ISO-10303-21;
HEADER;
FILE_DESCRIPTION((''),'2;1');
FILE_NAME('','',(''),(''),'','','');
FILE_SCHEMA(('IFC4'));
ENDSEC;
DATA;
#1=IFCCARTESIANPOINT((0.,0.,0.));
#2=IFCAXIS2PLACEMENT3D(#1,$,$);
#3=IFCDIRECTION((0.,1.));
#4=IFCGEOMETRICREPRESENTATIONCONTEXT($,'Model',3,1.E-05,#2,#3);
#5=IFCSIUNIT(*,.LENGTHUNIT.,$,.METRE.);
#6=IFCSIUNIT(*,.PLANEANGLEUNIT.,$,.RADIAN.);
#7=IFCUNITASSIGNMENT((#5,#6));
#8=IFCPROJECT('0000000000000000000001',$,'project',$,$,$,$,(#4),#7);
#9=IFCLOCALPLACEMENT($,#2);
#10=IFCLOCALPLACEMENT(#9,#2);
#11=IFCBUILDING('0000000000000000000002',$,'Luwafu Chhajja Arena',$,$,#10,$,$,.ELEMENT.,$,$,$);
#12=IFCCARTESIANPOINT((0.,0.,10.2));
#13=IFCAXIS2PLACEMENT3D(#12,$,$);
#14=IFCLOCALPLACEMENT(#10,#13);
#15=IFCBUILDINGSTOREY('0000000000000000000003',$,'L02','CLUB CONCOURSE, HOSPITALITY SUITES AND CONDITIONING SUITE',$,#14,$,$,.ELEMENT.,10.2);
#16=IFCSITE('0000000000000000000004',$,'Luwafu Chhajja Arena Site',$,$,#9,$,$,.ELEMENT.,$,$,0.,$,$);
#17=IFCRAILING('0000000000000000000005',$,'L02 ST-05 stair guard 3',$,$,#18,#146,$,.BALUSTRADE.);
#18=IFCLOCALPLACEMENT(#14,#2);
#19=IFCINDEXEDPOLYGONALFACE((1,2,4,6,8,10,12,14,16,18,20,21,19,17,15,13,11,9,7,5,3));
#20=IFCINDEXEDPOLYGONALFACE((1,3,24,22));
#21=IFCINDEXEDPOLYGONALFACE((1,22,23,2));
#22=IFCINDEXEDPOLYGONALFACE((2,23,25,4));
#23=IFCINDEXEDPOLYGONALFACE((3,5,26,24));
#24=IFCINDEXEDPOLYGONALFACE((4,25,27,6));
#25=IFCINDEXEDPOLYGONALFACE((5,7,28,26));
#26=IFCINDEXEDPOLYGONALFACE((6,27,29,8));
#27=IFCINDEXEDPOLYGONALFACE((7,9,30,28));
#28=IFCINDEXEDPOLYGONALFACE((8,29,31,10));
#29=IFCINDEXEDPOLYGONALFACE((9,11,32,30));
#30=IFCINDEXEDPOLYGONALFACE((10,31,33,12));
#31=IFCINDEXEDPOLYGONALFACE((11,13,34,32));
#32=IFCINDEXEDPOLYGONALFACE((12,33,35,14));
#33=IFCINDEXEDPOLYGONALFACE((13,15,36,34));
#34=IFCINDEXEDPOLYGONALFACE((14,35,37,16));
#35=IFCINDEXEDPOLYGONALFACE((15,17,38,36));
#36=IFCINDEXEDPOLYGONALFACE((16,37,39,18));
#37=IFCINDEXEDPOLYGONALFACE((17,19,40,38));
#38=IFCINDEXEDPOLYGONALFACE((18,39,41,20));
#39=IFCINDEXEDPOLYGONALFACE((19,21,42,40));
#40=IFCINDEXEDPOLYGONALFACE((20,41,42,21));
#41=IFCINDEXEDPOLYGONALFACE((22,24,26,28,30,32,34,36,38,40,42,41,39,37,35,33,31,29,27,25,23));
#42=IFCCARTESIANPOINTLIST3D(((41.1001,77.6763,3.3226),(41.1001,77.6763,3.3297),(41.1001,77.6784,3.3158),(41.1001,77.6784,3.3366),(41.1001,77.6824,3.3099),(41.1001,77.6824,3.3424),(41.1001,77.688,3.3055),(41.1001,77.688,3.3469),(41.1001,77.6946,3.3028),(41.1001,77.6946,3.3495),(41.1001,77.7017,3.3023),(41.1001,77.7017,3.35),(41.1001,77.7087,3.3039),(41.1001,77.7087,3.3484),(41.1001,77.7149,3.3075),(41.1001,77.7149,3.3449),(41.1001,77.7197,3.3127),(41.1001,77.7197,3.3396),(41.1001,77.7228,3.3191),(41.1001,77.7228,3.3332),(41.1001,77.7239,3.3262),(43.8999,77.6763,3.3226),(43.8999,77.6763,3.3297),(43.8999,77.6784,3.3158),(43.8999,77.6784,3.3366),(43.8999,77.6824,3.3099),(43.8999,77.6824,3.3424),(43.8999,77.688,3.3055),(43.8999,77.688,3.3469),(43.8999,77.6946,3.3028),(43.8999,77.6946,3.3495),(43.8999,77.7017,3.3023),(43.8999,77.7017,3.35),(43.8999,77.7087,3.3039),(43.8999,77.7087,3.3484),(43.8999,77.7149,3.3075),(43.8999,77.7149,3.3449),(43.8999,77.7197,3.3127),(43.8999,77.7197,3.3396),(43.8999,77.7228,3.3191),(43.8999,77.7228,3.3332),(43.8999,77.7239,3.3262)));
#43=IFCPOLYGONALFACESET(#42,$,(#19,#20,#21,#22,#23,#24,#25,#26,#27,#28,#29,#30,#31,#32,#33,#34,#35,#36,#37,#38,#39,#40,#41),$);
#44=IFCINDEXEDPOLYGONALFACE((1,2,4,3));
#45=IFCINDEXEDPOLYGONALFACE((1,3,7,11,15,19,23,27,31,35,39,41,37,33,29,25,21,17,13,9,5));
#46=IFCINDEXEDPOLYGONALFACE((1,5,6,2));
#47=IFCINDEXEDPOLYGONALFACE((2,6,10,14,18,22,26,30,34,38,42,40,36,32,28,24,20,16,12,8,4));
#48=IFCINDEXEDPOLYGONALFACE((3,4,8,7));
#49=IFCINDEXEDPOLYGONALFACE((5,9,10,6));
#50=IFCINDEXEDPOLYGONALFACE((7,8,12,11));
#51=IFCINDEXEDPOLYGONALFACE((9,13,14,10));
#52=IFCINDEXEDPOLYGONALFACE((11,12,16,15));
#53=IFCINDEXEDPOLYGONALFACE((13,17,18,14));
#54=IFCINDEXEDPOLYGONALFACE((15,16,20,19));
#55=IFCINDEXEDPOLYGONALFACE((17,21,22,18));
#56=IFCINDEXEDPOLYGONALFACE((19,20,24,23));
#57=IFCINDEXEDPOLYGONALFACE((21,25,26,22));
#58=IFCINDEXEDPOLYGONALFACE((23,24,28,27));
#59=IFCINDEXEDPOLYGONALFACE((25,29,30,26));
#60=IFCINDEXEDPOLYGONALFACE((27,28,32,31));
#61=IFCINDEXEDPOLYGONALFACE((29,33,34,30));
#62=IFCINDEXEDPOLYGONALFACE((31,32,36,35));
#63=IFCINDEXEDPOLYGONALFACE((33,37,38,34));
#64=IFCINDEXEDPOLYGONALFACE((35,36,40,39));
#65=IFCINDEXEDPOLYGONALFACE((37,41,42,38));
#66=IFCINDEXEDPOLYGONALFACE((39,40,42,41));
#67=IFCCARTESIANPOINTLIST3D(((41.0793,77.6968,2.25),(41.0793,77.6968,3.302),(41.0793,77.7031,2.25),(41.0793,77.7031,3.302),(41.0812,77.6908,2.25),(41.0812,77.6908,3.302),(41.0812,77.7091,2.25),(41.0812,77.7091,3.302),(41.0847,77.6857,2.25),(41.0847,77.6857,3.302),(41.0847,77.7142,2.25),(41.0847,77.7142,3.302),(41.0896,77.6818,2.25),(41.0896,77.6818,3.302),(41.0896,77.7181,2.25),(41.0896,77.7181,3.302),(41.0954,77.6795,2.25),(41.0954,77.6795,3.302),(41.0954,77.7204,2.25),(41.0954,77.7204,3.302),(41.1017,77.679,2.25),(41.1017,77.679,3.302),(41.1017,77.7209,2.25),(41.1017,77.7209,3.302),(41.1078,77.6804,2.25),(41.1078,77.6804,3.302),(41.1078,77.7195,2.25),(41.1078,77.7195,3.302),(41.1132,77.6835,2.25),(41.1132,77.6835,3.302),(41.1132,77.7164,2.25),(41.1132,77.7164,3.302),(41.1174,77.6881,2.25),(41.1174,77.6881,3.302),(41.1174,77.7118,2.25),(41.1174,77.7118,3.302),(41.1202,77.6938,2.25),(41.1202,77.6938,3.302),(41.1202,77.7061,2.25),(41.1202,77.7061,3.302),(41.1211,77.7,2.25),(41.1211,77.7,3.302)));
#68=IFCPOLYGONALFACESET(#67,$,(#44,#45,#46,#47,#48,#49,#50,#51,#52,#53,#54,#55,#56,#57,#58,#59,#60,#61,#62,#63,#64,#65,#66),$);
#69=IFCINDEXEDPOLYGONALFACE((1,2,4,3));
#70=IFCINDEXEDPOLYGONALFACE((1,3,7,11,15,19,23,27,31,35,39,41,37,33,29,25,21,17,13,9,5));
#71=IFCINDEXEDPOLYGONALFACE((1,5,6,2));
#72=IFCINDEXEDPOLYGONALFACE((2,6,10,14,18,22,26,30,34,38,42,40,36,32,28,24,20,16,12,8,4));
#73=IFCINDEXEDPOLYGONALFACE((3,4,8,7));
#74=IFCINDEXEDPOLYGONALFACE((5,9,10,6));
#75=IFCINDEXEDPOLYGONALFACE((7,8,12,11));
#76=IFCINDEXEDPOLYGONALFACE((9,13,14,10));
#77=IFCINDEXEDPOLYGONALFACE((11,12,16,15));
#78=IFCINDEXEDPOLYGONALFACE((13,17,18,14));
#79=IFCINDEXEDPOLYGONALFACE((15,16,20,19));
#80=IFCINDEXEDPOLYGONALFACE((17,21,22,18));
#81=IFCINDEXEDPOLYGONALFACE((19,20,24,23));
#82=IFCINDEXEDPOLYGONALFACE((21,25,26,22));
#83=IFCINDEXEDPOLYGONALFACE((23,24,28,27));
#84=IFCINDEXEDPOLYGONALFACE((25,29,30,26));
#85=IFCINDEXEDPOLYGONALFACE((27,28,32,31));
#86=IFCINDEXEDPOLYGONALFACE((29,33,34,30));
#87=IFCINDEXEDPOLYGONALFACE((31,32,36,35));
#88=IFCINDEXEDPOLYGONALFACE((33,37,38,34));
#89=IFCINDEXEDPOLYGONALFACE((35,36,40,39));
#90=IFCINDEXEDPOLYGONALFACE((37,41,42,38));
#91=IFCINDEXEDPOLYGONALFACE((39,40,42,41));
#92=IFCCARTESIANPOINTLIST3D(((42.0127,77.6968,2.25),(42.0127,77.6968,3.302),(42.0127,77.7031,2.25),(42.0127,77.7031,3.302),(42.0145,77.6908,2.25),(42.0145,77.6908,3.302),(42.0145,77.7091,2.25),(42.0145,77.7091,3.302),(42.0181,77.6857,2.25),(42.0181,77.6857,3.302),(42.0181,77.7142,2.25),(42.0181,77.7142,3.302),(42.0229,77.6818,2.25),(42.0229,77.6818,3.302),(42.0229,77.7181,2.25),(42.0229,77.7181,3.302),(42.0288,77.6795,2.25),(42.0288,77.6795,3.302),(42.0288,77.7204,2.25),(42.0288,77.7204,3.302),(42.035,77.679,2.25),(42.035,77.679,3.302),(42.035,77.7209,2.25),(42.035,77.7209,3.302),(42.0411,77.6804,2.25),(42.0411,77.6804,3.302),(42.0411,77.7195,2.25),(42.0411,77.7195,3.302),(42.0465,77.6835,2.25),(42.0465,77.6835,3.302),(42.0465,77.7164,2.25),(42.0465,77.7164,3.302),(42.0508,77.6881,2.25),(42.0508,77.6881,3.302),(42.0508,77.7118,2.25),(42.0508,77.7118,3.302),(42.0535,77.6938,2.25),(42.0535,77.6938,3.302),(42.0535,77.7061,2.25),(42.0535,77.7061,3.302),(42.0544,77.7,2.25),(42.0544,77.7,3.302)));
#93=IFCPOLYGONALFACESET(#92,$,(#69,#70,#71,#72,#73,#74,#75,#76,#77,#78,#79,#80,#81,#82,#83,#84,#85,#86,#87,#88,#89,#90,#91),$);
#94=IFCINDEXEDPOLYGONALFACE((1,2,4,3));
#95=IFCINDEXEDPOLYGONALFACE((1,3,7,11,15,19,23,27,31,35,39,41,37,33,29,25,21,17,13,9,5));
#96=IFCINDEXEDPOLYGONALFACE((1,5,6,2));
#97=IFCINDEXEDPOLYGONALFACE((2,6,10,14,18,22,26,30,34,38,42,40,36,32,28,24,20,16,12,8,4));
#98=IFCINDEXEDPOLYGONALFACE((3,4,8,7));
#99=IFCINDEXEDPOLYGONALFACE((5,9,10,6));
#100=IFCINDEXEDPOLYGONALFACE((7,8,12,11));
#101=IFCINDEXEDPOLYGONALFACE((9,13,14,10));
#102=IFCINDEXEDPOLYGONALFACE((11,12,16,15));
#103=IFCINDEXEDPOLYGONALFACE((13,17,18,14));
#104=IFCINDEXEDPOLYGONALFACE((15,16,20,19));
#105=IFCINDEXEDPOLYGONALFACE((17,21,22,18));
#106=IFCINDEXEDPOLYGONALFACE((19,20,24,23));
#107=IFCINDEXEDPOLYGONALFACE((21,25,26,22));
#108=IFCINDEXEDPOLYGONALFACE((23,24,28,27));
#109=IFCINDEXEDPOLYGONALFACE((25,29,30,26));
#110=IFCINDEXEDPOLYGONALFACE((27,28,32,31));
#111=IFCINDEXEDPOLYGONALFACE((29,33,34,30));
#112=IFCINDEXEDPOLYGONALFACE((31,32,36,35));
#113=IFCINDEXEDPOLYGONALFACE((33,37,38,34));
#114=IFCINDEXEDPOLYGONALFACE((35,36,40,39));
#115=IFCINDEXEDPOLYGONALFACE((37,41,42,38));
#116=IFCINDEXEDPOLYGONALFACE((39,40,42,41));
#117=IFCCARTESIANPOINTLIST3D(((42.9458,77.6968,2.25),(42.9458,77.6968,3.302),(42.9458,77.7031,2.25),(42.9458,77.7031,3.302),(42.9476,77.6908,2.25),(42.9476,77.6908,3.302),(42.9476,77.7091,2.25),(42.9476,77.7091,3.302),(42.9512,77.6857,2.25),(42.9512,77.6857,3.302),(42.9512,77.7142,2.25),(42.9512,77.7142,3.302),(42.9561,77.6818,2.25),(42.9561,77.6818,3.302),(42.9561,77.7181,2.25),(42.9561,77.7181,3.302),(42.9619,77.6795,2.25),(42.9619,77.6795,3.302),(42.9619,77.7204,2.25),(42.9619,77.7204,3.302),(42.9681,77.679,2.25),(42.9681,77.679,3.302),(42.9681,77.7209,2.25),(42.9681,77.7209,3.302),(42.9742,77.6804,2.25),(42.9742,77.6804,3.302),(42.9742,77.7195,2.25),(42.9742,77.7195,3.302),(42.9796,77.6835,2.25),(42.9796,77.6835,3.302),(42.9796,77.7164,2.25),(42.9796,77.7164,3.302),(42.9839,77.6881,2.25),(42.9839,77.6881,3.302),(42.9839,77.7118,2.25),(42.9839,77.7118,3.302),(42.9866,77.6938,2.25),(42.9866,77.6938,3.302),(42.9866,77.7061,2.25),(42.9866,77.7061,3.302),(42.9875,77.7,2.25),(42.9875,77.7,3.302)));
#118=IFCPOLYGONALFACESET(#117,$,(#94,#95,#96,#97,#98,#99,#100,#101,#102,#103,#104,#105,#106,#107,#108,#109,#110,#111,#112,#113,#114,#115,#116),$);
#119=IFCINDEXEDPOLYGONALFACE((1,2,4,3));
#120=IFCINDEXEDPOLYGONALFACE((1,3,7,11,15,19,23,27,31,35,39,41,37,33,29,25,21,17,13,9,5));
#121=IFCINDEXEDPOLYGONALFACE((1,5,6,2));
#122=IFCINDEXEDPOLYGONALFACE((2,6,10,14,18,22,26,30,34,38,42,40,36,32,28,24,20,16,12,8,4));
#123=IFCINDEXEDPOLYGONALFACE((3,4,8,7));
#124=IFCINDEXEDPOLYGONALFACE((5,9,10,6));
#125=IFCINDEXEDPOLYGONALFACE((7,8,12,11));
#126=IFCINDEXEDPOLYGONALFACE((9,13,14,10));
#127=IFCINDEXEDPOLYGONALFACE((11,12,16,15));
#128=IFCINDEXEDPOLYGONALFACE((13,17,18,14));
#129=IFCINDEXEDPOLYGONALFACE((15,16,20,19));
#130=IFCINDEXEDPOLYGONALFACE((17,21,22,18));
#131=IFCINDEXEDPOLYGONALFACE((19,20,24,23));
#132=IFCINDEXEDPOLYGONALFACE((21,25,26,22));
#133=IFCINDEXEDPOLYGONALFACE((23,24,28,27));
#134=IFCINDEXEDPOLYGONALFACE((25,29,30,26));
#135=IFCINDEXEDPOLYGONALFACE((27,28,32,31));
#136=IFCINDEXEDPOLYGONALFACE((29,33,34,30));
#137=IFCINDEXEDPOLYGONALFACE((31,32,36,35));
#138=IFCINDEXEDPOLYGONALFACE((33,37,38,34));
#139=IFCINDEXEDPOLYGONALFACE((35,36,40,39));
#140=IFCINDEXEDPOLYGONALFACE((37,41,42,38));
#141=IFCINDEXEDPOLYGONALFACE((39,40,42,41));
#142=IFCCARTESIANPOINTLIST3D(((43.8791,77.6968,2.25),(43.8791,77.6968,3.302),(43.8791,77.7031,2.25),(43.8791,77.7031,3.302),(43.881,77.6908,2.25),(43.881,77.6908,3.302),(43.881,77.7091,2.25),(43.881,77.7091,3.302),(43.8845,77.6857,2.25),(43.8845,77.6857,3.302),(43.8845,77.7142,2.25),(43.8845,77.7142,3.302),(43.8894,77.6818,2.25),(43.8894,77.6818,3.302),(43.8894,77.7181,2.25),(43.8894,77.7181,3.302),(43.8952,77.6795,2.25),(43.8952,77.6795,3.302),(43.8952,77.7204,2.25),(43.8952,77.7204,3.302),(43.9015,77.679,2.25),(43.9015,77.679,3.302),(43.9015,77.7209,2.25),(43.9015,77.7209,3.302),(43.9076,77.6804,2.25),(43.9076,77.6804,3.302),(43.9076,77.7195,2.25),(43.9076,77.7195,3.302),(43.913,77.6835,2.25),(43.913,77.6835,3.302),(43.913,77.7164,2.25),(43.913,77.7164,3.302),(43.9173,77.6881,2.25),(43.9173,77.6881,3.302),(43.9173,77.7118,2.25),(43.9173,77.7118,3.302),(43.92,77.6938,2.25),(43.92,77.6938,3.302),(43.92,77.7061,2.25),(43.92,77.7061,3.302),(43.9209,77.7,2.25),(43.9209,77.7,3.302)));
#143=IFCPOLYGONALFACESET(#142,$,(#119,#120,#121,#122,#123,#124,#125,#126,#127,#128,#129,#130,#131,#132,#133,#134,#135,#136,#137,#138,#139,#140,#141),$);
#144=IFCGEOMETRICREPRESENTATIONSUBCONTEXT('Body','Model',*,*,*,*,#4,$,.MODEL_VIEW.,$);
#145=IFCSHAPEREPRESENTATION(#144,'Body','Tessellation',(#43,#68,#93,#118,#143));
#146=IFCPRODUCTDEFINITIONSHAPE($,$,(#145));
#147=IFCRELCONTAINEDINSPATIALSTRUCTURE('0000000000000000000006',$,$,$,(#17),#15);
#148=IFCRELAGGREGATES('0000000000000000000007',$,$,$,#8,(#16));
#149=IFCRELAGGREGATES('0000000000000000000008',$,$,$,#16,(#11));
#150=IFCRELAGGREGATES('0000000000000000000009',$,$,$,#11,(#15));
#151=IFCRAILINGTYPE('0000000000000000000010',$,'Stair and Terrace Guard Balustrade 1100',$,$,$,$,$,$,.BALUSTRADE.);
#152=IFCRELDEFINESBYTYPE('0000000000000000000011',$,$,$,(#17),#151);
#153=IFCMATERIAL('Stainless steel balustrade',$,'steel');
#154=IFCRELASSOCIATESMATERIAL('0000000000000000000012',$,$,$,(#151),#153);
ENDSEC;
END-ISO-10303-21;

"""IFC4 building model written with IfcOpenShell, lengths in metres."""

from ifc_helpers import new_model, si_unit, direction, frame, origin, origin_2d, place, context, subcontext, project, spatial, circle, extrude, material, type_object, element, save


model = new_model("IFC4")

# Units and contexts
model_context = context("Model", 3, precision=1e-05, world=origin(), true_north=direction((0.0, 1.0)))
body_context = subcontext(model_context, "Body", "Model", "MODEL_VIEW")
ifc_project = project(units=[si_unit("LENGTHUNIT", "METRE"), si_unit("PLANEANGLEUNIT", "RADIAN")], contexts=[model_context])

# Site, building, storey
site_placement = place(None, origin())
site = spatial("IfcSite", under=ifc_project, at=site_placement, Name="Luwafu Chhajja Arena Site", CompositionType="ELEMENT", RefElevation=0.0)
building_placement = place(site_placement, origin())
building = spatial("IfcBuilding", under=site, at=building_placement, Name="Luwafu Chhajja Arena", CompositionType="ELEMENT")
storey_placement = place(building_placement, frame((0.0, 0.0, 10.2)))
storey = spatial("IfcBuildingStorey", under=building, at=storey_placement, Name="L02", Description="CLUB CONCOURSE, HOSPITALITY SUITES AND CONDITIONING SUITE", CompositionType="ELEMENT", Elevation=10.2)

# Railing
ifc_material_1 = material(Name="Stainless steel balustrade", Category="steel")
railing_type_1 = type_object("IfcRailingType", Name="Stair and Terrace Guard Balustrade 1100", PredefinedType="BALUSTRADE", material=ifc_material_1)
for number, where, name in (
    (1, (41.1001, 77.7, 2.25), "L02 ST-05 stair guard 3"),
):
    element("IfcRailing", number, at=place(storey_placement, frame(where)), inside=storey, type_object=railing_type_1, Name=name, PredefinedType="BALUSTRADE", context=body_context, shape_type="SweptSolid", body=[
        extrude(circle(Radius=0.0239, at=origin_2d()), frame((0.0, 0.0, 1.0762), z_axis=(1.0, 0.0, 0.0), x_axis=(0.0, 1.0, 0.0)), (0.0, 0.0, 1.0), 2.7998),
        extrude(circle(Radius=0.021, at=origin_2d()), origin(), (0.0, 0.0, 1.0), 1.052),
        extrude(circle(Radius=0.021, at=origin_2d()), frame((0.9333, 0.0, 0.0)), (0.0, 0.0, 1.0), 1.052),
        extrude(circle(Radius=0.021, at=origin_2d()), frame((1.8665, 0.0, 0.0)), (0.0, 0.0, 1.0), 1.052),
        extrude(circle(Radius=0.021, at=origin_2d()), frame((2.7998, 0.0, 0.0)), (0.0, 0.0, 1.0), 1.052),
    ])

save(model, "model.ifc")
